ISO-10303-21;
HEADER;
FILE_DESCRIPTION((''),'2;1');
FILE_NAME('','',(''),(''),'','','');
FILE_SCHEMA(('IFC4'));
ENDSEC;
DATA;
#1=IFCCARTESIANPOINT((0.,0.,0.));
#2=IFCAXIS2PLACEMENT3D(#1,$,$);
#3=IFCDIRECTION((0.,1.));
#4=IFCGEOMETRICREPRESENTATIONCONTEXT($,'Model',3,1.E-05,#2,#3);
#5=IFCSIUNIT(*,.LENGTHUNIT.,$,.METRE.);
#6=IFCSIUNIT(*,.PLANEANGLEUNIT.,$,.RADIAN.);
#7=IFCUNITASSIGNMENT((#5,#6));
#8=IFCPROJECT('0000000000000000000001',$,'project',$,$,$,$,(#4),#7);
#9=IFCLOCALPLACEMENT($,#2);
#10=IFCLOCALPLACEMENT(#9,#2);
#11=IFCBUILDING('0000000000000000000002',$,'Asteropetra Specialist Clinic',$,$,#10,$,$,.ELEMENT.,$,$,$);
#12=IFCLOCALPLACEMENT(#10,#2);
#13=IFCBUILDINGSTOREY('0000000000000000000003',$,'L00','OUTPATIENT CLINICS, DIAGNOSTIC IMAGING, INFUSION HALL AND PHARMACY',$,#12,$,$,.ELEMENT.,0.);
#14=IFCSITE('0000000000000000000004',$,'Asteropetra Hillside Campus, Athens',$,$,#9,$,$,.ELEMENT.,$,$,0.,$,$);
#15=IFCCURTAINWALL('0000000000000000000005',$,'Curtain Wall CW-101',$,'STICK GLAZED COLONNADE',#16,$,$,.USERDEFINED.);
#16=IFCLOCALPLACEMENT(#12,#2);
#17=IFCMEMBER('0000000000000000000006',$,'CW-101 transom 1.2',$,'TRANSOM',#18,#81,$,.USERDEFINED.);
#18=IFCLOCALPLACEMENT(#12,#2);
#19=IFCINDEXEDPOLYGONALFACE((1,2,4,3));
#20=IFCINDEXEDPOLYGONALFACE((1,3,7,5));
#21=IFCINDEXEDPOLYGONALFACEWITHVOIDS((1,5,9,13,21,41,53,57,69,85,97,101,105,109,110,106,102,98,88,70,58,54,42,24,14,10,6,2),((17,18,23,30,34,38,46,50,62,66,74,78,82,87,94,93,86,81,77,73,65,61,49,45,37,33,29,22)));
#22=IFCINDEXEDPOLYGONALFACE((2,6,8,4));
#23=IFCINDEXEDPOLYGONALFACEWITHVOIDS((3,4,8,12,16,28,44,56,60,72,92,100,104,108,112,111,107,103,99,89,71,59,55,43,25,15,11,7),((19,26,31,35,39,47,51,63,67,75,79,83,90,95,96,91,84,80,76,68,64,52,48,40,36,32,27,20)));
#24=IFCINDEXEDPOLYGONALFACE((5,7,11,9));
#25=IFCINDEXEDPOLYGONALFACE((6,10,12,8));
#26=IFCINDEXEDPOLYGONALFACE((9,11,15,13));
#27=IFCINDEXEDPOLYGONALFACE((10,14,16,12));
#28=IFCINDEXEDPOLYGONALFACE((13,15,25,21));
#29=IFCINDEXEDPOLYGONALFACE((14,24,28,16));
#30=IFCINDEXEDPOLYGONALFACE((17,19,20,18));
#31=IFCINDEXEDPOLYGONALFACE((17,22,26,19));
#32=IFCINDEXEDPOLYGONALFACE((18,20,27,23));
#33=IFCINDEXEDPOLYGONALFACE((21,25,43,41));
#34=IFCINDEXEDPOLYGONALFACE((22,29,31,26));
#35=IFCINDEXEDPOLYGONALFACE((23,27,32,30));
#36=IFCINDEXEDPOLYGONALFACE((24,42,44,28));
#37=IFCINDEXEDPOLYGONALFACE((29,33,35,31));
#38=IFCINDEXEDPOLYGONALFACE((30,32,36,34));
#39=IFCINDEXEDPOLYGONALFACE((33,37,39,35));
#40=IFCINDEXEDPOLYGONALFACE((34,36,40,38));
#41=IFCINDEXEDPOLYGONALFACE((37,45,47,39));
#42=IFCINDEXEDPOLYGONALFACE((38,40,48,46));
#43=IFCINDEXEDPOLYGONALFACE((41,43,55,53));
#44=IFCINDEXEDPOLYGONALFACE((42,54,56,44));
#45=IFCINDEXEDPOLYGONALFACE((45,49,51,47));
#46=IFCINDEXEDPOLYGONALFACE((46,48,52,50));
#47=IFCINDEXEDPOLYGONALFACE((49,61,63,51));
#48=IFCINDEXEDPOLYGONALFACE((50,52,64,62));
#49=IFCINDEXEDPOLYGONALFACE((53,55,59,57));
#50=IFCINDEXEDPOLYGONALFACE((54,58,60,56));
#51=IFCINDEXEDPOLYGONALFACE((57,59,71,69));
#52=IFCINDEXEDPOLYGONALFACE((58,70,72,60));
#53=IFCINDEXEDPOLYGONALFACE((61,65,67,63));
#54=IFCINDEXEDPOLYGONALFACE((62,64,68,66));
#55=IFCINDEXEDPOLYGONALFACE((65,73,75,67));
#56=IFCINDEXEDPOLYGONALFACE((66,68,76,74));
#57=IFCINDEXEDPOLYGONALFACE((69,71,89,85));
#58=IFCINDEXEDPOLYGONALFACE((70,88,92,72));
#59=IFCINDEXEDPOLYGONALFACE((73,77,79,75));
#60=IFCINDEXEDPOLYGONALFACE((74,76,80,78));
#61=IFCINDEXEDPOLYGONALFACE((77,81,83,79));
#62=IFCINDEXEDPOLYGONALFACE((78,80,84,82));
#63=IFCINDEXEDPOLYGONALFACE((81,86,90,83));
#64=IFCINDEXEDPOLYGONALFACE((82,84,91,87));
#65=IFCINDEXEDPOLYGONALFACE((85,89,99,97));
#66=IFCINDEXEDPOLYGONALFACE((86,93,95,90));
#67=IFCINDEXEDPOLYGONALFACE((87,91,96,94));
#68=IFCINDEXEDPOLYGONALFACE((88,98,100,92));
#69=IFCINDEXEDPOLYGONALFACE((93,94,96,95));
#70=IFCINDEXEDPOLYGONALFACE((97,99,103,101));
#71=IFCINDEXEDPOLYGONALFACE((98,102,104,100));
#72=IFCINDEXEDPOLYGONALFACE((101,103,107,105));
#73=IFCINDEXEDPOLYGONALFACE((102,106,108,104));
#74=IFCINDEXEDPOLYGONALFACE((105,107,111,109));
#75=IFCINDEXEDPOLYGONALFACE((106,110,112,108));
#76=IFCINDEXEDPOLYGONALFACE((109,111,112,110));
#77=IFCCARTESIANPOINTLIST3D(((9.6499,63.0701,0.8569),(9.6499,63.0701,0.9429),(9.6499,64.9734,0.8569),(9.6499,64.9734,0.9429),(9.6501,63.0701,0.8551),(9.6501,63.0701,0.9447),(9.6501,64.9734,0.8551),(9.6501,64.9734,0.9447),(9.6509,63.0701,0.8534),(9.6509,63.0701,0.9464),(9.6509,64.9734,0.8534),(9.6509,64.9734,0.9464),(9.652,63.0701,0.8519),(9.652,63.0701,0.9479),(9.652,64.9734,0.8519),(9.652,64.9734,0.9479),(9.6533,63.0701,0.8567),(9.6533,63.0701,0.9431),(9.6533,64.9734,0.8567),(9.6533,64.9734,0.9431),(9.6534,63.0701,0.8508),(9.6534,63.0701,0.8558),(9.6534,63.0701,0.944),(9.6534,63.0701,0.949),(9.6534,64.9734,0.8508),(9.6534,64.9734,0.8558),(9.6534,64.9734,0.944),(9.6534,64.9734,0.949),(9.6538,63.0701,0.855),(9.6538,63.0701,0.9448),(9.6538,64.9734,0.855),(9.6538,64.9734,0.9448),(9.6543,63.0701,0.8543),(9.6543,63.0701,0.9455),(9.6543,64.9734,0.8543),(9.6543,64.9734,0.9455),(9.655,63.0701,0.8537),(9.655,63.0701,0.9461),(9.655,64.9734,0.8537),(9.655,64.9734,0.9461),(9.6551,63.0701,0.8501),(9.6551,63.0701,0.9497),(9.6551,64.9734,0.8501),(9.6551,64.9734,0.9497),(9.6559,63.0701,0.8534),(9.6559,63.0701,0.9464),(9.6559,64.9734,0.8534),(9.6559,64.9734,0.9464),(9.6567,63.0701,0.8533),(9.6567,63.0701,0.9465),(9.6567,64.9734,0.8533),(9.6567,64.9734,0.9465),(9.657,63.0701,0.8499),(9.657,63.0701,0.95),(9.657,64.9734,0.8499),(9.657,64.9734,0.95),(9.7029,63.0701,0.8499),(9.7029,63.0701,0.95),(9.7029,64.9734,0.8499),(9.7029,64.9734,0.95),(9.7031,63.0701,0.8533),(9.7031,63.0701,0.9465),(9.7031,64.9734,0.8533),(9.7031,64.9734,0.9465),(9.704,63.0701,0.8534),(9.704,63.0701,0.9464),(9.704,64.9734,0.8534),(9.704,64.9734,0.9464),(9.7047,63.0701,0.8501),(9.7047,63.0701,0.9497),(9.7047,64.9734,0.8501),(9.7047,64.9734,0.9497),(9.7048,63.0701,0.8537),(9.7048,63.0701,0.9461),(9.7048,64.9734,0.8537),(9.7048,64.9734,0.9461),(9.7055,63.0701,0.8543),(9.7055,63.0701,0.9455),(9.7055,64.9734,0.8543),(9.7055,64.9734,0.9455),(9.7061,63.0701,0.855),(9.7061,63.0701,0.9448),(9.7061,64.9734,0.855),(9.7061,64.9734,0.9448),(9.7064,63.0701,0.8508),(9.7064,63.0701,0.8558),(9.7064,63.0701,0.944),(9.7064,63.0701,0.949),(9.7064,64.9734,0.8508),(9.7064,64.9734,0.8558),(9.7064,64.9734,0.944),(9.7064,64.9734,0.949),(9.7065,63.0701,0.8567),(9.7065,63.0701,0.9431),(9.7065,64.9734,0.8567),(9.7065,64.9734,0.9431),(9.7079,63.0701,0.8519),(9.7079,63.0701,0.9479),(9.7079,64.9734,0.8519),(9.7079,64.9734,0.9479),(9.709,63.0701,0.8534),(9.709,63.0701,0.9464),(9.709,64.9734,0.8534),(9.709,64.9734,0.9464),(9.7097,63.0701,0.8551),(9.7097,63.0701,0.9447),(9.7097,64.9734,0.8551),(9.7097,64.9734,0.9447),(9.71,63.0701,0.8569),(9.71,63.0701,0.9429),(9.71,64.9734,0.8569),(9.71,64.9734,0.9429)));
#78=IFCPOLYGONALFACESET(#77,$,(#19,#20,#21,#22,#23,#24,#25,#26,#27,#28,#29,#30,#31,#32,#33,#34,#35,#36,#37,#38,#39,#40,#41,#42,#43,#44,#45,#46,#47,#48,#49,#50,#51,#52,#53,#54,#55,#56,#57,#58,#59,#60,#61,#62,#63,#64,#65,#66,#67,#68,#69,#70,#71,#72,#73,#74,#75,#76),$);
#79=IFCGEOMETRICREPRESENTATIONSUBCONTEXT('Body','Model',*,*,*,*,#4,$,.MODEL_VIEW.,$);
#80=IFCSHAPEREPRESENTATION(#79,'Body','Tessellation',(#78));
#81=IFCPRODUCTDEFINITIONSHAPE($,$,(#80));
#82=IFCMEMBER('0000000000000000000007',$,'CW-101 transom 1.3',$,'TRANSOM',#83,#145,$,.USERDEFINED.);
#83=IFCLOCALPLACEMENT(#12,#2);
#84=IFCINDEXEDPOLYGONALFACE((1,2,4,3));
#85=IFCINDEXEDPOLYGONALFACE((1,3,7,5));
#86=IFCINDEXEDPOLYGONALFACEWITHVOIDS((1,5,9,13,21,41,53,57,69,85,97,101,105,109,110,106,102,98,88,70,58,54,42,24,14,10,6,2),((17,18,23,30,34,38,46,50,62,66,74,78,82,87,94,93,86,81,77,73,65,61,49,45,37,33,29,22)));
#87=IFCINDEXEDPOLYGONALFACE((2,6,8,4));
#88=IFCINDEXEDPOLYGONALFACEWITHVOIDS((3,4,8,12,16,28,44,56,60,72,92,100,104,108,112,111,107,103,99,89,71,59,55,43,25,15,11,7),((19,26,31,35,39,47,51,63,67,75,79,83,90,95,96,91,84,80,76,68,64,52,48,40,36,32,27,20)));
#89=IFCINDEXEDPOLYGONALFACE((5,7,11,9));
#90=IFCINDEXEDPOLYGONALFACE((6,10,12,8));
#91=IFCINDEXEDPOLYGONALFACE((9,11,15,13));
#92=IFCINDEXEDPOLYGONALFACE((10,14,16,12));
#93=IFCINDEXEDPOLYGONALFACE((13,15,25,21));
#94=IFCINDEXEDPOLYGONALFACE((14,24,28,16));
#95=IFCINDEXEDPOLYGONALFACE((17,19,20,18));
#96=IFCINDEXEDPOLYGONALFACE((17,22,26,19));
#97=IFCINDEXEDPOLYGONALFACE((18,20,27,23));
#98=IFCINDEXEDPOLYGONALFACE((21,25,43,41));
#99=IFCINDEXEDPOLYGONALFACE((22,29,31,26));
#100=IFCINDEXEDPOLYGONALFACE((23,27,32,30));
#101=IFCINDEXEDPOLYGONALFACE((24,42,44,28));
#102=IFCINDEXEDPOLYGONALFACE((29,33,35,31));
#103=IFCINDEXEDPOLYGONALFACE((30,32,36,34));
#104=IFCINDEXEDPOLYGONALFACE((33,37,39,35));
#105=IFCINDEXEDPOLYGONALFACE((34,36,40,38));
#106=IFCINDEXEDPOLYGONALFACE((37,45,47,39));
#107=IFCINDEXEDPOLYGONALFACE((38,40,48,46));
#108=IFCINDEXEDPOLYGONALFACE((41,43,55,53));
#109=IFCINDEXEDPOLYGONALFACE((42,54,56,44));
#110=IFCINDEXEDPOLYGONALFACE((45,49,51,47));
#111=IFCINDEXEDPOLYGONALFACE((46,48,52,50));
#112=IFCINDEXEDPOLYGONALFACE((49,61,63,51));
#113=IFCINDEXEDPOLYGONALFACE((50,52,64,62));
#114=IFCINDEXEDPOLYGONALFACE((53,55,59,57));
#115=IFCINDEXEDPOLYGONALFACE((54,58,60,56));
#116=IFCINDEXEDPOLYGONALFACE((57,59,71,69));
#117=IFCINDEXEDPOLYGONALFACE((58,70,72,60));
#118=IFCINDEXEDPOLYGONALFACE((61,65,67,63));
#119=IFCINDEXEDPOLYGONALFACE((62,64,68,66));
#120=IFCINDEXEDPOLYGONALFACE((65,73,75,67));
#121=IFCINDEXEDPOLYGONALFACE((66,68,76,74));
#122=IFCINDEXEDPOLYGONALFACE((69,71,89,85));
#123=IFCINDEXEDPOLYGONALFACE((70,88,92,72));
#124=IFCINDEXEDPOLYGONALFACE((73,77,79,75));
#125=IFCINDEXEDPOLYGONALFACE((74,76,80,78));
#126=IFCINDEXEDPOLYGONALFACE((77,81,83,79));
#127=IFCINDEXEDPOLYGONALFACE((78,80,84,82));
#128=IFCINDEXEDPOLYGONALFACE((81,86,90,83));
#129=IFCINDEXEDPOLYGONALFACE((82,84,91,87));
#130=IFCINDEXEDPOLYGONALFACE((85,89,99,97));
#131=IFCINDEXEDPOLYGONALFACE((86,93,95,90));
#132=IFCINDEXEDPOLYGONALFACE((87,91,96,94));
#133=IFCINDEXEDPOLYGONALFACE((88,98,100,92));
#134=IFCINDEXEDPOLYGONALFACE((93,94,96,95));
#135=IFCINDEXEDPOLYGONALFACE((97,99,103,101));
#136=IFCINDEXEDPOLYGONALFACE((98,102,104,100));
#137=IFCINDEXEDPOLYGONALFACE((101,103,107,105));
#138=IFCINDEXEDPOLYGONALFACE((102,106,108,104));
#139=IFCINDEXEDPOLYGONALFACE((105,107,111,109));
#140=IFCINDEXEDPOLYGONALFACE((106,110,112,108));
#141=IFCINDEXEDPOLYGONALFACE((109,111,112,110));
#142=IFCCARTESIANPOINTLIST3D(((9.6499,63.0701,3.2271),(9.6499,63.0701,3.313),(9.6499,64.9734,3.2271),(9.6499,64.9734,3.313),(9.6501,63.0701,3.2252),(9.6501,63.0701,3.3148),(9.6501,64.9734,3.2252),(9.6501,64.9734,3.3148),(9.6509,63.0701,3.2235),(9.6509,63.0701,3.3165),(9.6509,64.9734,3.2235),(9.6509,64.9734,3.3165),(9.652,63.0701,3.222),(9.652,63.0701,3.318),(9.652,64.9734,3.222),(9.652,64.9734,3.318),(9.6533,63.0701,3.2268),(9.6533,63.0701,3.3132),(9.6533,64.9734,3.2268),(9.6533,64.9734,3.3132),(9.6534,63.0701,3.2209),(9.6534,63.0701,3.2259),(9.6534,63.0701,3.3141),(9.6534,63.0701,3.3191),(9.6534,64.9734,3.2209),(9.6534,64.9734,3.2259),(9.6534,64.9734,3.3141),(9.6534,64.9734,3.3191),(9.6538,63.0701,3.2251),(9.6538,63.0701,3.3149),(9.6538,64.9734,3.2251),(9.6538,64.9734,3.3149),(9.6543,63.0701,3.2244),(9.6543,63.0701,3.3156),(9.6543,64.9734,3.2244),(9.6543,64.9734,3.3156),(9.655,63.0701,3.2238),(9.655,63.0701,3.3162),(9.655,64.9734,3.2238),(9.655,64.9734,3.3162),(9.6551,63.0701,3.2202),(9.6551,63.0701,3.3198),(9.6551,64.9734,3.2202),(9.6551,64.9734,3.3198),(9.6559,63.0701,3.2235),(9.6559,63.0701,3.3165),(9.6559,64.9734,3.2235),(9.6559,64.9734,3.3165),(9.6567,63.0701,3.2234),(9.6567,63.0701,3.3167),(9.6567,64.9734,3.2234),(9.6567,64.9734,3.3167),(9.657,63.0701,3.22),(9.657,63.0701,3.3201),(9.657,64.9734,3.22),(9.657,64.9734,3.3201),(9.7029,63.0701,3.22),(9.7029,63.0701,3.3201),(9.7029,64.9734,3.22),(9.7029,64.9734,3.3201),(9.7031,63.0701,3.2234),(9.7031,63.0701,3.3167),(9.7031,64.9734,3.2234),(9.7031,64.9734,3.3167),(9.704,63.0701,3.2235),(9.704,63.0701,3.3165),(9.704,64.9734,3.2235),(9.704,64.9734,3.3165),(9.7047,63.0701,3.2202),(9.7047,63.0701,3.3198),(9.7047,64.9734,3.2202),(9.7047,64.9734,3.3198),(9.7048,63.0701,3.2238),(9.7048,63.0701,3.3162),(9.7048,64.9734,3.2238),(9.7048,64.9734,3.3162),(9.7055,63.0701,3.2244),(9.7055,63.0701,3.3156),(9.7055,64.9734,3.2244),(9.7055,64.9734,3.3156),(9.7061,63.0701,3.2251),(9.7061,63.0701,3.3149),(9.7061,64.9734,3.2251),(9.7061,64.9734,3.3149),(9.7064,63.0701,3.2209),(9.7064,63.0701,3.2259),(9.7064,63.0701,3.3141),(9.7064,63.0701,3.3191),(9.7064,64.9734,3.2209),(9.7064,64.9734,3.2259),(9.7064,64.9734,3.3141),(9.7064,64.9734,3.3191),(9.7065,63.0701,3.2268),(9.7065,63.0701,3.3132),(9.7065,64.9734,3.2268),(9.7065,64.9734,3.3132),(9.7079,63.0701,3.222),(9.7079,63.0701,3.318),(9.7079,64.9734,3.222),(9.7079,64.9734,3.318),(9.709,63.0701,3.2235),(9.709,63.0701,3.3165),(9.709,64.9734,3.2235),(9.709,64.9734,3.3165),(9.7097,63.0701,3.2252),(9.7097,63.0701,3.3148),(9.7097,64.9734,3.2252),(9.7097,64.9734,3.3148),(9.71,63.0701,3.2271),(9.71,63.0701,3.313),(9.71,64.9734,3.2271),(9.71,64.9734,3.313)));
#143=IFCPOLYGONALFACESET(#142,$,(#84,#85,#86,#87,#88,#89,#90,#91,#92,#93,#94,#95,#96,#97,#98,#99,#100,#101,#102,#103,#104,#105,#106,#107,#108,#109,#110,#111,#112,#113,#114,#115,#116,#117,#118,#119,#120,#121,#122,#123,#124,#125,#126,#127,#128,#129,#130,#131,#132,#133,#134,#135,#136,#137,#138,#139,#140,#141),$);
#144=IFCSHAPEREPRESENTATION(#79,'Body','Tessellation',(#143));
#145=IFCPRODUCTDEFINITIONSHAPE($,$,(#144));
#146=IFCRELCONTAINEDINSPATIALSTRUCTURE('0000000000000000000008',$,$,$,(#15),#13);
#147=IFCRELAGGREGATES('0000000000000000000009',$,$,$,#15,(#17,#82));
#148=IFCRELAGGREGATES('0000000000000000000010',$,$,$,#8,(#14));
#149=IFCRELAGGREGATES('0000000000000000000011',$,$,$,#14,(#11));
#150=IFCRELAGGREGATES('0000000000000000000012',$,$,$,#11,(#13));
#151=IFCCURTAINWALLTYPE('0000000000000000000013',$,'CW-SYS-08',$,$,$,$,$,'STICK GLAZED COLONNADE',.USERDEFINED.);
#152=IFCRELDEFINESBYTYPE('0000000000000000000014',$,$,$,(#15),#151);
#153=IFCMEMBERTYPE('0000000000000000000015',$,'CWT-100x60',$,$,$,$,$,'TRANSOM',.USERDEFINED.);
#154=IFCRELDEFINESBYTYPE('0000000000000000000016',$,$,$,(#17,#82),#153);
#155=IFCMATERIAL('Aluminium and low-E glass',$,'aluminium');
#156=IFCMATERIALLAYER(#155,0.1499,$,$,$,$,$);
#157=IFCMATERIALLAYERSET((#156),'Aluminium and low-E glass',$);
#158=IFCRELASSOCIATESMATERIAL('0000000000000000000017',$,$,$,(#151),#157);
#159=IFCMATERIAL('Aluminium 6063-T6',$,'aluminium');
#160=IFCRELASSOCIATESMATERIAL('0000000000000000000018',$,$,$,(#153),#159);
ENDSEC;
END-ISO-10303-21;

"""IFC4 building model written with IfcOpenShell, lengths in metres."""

from ifc_helpers import new_model, si_unit, direction, frame, origin, origin_2d, place, context, subcontext, project, spatial, hollow_rectangle, extrude, material, layer, layer_set, material_profile, profile_set, type_object, element, aggregate, save


model = new_model("IFC4")

# Units and contexts
model_context = context("Model", 3, precision=1e-05, world=origin(), true_north=direction((0.0, 1.0)))
body_context = subcontext(model_context, "Body", "Model", "MODEL_VIEW")
ifc_project = project(units=[si_unit("LENGTHUNIT", "METRE"), si_unit("PLANEANGLEUNIT", "RADIAN")], contexts=[model_context])

# Site, building, storey
site_placement = place(None, origin())
site = spatial("IfcSite", under=ifc_project, at=site_placement, Name="Asteropetra Hillside Campus, Athens", CompositionType="ELEMENT", RefElevation=0.0)
building_placement = place(site_placement, origin())
building = spatial("IfcBuilding", under=site, at=building_placement, Name="Asteropetra Specialist Clinic", CompositionType="ELEMENT")
storey_placement = place(building_placement, origin())
storey = spatial("IfcBuildingStorey", under=building, at=storey_placement, Name="L00", Description="OUTPATIENT CLINICS, DIAGNOSTIC IMAGING, INFUSION HALL AND PHARMACY", CompositionType="ELEMENT", Elevation=0.0)

# Curtain wall
ifc_material_1 = material(Name="Aluminium and low-E glass", Category="aluminium")
ifc_layer_1 = layer(ifc_material_1, 0.1499)
ifc_layer_set_1 = layer_set([ifc_layer_1], Name="Aluminium and low-E glass")
curtain_wall_type_1 = type_object("IfcCurtainWallType", Name="CW-SYS-08", ElementType="STICK GLAZED COLONNADE", PredefinedType="USERDEFINED", material=ifc_layer_set_1)
curtain_wall_1_placement = place(storey_placement, origin())
curtain_wall_1 = element("IfcCurtainWall", 1, at=curtain_wall_1_placement, inside=storey, type_object=curtain_wall_type_1, Name="Curtain Wall CW-101", ObjectType="STICK GLAZED COLONNADE", PredefinedType="USERDEFINED")

# Members
ifc_material_2 = material(Name="Aluminium 6063-T6", Category="aluminium")
ifc_material_profile_1 = material_profile(ifc_material_2, hollow_rectangle(XDim=0.0601, YDim=0.1001, WallThickness=0.0034, InnerFilletRadius=0.0034, OuterFilletRadius=0.0071, at=origin_2d()), Name="TRN 100x60x3.5")
ifc_profile_set_1 = profile_set([ifc_material_profile_1], Name="Aluminium 6063-T6")
member_type_1 = type_object("IfcMemberType", Name="CWT-100x60", ElementType="TRANSOM", PredefinedType="USERDEFINED", material=ifc_profile_set_1)
member_1_placement = place(storey_placement, frame((9.6799, 63.0701, 0.8999), z_axis=(0.0, 1.0, 0.0), x_axis=(-1.0, 0.0, 0.0)))
member_1 = element("IfcMember", 2, at=member_1_placement, type_object=member_type_1, Name="CW-101 transom 1.2", ObjectType="TRANSOM", PredefinedType="USERDEFINED", context=body_context, shape_type="SweptSolid", body=[
    extrude(hollow_rectangle(XDim=0.0601, YDim=0.1001, WallThickness=0.0034, InnerFilletRadius=0.0034, OuterFilletRadius=0.0071, at=origin_2d()), origin(), (0.0, 0.0, 1.0), 1.9033),
])
member_2_placement = place(storey_placement, frame((9.6799, 63.0701, 3.27), z_axis=(0.0, 1.0, 0.0), x_axis=(-1.0, 0.0, 0.0)))
member_2 = element("IfcMember", 3, at=member_2_placement, type_object=member_type_1, Name="CW-101 transom 1.3", ObjectType="TRANSOM", PredefinedType="USERDEFINED", context=body_context, shape_type="SweptSolid", body=[
    extrude(hollow_rectangle(XDim=0.0601, YDim=0.1001, WallThickness=0.0034, InnerFilletRadius=0.0034, OuterFilletRadius=0.0071, at=origin_2d()), origin(), (0.0, 0.0, 1.0), 1.9033),
])

aggregate(curtain_wall_1, [member_1, member_2])

save(model, "model.ifc")
